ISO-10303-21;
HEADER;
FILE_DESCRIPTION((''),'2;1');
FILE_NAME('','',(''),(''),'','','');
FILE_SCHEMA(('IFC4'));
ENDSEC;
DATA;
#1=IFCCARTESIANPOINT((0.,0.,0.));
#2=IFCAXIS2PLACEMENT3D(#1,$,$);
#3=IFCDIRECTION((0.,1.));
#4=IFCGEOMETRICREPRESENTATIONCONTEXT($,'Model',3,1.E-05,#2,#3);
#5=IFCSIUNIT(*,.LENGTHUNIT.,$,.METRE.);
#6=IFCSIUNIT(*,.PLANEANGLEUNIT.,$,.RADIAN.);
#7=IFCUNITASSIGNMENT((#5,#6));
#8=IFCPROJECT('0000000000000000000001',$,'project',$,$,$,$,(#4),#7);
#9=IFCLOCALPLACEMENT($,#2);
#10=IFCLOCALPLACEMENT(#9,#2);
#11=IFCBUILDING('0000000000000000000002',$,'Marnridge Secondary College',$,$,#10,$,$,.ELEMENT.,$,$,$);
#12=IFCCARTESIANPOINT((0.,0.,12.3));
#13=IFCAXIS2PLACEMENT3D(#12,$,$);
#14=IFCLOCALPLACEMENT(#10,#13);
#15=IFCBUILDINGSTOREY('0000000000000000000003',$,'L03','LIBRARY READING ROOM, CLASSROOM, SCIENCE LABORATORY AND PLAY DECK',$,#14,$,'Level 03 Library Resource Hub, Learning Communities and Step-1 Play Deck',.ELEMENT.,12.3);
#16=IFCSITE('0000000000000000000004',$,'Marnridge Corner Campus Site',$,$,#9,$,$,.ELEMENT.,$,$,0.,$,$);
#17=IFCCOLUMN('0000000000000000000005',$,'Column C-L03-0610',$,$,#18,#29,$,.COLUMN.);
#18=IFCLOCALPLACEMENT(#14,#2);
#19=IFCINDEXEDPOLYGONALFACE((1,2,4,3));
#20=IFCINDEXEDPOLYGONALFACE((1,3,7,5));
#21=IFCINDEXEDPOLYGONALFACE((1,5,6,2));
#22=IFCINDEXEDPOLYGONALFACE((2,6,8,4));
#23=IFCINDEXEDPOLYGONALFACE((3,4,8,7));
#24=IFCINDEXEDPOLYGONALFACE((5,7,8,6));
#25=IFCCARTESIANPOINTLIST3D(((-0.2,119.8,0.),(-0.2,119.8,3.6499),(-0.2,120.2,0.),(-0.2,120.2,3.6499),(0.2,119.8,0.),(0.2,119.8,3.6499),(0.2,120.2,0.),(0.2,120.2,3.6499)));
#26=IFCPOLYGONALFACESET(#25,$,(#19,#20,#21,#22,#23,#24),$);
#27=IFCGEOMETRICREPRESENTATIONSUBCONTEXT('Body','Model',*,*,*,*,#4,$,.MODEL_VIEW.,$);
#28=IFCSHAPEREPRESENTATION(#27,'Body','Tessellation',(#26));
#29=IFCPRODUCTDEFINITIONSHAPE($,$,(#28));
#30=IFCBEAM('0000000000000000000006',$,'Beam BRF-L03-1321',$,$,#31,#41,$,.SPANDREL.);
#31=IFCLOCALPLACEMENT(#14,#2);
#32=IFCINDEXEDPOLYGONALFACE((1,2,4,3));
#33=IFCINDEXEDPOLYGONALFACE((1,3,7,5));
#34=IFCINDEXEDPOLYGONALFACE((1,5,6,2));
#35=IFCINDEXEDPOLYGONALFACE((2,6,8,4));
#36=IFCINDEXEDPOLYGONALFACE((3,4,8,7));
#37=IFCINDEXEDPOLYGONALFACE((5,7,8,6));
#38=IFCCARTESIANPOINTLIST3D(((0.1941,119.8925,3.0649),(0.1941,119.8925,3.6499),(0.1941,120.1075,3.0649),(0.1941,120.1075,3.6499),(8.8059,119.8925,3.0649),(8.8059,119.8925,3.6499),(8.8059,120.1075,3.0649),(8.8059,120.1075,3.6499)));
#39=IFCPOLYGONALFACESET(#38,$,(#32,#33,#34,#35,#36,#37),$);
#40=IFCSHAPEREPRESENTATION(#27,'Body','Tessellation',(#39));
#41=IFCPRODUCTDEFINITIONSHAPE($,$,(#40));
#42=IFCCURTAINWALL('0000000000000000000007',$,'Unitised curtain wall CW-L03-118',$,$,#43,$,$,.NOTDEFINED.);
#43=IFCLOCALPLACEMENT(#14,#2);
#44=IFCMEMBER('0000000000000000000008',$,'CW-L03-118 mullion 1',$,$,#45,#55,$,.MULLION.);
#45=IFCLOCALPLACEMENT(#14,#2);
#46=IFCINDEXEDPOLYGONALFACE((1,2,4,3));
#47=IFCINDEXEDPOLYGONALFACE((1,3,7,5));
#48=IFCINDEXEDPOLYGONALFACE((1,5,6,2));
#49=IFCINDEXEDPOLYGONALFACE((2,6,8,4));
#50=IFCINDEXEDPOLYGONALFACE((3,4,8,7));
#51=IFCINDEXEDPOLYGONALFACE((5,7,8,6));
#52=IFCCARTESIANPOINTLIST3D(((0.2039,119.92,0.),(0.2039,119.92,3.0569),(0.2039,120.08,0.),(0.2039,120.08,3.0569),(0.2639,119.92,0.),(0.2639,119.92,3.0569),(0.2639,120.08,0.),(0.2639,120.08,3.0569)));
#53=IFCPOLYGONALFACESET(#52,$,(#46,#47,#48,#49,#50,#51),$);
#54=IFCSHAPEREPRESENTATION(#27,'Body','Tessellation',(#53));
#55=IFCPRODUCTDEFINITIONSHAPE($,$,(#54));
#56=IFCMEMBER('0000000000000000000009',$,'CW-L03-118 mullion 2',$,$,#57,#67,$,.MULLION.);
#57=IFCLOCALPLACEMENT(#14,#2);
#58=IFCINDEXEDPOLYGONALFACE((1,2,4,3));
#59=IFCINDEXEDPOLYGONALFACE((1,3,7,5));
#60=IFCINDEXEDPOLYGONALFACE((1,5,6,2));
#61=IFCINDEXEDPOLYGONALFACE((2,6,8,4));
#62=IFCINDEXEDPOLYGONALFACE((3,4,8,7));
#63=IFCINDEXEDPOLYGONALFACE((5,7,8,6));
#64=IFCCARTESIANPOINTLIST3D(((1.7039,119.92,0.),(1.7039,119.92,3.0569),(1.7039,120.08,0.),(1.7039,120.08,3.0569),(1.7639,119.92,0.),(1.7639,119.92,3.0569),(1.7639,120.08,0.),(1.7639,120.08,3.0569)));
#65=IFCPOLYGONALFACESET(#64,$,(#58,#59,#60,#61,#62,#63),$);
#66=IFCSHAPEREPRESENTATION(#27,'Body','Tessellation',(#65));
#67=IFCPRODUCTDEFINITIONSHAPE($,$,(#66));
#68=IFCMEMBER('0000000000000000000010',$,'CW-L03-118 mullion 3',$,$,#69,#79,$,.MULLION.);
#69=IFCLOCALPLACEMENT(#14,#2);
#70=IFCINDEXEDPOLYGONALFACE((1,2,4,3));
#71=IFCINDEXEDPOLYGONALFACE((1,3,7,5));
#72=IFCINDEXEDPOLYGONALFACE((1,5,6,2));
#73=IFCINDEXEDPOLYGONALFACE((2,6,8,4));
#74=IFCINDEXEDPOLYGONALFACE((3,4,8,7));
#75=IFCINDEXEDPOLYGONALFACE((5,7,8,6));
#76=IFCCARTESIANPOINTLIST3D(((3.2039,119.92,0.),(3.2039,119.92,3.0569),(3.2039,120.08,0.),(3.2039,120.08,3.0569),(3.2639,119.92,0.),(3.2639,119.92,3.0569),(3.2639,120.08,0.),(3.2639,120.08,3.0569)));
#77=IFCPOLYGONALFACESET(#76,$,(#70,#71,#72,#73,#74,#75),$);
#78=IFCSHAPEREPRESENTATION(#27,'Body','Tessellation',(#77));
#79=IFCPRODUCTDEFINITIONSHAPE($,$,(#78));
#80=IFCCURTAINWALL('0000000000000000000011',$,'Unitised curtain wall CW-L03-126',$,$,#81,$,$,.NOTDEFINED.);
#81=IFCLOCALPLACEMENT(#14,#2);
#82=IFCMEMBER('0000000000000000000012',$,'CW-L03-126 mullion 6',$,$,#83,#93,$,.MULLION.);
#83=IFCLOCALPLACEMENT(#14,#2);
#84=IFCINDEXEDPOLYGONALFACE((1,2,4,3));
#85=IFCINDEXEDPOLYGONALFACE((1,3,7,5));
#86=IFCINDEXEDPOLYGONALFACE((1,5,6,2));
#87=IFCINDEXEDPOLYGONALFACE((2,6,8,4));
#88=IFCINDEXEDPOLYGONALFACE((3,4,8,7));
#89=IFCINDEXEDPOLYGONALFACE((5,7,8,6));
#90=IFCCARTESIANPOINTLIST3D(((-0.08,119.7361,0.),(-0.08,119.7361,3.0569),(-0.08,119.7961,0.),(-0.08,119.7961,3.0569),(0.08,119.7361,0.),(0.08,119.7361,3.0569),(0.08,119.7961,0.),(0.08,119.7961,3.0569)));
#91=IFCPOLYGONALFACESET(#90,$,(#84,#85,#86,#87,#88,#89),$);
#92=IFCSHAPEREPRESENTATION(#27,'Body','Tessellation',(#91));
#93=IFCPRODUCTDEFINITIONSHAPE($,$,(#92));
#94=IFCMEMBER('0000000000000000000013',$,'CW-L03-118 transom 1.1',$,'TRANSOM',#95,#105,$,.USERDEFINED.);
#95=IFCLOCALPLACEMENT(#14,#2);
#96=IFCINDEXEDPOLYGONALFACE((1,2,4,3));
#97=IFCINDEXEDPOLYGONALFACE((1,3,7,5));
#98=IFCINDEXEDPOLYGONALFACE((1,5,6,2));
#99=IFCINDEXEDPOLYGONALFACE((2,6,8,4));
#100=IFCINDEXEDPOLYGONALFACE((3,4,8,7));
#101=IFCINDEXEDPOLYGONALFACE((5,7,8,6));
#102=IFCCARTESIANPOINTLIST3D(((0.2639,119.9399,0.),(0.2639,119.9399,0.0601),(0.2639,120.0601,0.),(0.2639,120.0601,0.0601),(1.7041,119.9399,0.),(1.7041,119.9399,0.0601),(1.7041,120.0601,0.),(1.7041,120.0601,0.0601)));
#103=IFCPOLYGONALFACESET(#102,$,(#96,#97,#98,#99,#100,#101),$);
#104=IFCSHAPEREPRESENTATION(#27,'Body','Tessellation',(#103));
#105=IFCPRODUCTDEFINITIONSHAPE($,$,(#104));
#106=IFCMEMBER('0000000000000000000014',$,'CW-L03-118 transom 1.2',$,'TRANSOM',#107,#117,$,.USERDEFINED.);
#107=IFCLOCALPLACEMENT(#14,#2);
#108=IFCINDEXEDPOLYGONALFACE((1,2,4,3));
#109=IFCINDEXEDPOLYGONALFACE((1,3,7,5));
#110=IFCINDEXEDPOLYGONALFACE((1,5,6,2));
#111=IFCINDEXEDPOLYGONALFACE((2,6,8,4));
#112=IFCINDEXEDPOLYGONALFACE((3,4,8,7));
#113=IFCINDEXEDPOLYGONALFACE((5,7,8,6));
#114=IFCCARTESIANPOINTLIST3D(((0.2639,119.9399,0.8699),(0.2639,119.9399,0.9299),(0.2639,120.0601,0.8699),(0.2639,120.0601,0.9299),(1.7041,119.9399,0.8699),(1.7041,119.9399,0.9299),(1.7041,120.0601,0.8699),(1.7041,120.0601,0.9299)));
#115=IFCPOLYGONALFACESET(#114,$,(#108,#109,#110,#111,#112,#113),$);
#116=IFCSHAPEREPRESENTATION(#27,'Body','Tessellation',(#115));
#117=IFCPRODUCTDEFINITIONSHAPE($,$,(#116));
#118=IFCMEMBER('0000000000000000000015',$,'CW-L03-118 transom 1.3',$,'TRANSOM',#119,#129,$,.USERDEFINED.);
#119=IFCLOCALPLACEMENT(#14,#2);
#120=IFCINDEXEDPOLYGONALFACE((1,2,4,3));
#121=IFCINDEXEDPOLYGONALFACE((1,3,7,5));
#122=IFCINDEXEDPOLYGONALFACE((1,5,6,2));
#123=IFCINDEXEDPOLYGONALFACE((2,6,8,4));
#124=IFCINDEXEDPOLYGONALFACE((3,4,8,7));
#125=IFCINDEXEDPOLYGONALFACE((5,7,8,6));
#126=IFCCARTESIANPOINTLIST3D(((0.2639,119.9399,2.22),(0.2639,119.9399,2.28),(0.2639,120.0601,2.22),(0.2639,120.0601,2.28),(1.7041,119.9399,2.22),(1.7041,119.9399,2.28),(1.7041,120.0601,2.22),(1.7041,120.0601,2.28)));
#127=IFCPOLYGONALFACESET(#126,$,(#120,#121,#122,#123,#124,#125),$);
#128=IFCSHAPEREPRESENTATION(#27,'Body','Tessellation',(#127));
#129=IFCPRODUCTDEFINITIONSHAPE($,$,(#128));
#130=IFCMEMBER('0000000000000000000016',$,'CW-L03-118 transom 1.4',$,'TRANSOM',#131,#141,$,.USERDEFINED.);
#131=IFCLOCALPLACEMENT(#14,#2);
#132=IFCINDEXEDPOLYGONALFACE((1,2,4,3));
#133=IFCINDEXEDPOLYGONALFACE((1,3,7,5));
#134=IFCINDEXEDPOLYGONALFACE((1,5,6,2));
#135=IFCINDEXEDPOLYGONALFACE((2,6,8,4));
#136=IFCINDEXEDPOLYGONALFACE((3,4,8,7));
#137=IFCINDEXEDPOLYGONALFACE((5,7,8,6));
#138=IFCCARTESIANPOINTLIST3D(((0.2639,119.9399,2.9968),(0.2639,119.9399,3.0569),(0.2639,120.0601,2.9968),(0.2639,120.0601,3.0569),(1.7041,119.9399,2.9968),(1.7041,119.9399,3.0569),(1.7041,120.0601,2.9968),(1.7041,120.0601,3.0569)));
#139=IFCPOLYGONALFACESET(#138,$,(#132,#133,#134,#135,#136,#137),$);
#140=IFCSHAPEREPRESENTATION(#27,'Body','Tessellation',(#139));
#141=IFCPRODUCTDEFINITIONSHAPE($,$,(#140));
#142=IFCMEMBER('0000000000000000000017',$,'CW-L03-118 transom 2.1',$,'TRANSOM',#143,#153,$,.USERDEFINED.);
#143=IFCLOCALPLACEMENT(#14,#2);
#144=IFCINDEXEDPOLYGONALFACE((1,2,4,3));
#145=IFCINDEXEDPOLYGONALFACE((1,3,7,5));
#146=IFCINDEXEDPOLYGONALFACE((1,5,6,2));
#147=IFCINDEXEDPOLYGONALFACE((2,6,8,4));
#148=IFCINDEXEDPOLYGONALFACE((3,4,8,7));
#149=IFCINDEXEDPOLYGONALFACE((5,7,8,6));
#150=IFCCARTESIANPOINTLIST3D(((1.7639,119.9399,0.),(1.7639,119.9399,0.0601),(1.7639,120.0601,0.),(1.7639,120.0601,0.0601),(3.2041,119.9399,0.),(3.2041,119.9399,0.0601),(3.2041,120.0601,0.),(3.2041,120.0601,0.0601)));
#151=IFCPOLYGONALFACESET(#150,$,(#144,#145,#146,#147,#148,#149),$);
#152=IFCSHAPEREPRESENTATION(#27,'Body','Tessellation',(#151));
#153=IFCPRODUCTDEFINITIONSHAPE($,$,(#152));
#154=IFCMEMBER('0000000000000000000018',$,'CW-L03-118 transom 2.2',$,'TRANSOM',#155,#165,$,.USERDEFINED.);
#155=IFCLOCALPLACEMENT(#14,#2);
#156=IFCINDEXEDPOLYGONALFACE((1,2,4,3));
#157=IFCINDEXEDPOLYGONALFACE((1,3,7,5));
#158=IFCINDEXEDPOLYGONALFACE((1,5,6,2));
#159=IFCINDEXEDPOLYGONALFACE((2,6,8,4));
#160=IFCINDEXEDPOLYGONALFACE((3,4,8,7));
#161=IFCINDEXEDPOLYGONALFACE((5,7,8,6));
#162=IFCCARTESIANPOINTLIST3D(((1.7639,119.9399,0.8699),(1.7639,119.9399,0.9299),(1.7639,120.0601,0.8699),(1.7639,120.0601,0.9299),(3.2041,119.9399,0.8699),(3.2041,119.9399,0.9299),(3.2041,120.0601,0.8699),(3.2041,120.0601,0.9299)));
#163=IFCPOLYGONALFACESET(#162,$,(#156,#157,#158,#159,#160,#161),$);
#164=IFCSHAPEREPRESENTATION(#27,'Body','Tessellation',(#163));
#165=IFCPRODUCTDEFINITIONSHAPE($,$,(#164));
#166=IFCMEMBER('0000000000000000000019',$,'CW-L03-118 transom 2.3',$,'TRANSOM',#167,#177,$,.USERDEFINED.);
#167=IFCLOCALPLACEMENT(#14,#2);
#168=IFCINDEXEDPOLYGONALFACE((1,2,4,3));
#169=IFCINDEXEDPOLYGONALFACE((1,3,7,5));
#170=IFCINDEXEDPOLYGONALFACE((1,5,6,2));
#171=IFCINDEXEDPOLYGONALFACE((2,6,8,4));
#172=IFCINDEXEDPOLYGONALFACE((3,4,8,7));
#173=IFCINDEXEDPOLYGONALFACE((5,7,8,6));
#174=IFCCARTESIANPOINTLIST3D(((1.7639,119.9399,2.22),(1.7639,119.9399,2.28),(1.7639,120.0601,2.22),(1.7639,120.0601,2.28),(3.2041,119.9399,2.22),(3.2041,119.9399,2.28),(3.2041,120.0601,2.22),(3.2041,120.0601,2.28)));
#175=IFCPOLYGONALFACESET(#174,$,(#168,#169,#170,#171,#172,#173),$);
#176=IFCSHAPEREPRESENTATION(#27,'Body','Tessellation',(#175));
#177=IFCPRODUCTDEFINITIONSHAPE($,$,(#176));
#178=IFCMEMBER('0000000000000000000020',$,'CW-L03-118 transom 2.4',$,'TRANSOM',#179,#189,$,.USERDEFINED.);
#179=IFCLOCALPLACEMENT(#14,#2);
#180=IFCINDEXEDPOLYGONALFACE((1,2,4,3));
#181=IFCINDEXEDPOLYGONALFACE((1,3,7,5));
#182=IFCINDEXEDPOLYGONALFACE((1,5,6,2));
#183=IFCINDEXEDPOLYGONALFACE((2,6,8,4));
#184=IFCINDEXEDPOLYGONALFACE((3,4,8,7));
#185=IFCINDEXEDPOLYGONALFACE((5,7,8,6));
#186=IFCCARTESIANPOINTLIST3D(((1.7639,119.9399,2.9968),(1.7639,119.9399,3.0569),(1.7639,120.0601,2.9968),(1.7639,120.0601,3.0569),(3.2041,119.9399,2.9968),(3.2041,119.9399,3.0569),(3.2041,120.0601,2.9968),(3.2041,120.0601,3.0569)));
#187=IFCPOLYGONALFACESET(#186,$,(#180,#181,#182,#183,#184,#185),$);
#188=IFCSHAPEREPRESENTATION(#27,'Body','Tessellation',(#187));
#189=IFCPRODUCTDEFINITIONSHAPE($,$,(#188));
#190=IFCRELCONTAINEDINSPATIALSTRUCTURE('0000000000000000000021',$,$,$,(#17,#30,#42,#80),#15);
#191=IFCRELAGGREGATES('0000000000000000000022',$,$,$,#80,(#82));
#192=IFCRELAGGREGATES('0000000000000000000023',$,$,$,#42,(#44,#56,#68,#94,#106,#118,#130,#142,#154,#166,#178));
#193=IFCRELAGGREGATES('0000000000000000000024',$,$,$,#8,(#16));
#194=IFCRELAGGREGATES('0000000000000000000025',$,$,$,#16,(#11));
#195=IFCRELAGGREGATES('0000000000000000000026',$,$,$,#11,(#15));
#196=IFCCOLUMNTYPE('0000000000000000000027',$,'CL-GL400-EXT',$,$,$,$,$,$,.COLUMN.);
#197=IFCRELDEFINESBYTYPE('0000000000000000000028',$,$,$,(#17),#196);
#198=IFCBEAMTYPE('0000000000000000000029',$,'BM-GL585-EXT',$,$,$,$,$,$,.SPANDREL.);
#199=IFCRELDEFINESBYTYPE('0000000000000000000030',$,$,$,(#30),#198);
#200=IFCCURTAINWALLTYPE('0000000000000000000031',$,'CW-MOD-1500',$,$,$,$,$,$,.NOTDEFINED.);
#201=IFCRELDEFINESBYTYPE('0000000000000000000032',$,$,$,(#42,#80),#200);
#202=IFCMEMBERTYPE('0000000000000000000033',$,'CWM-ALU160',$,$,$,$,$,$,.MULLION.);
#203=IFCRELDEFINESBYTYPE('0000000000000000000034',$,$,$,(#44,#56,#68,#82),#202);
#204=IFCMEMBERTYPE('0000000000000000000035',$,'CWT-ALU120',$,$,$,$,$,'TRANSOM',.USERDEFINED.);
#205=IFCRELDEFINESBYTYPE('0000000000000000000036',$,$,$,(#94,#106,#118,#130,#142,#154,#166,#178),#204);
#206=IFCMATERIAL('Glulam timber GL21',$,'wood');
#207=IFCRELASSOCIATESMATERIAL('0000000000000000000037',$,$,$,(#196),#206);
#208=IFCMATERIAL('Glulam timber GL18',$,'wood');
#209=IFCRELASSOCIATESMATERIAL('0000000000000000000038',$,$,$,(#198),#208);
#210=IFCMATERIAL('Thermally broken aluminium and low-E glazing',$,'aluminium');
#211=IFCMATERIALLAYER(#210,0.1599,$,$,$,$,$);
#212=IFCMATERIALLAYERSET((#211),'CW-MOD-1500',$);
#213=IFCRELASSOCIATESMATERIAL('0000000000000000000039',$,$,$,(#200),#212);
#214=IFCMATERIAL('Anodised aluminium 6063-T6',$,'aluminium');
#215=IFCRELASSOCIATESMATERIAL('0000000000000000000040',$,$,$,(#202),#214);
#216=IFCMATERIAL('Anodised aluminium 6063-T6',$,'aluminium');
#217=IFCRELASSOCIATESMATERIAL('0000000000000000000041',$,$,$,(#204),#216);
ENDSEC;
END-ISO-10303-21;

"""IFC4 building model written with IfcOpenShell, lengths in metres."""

from ifc_helpers import new_model, si_unit, direction, frame, origin, origin_2d, place, context, subcontext, project, spatial, rectangle, extrude, material, layer, layer_set, material_profile, profile_set, type_object, element, aggregate, save


model = new_model("IFC4")

# Units and contexts
model_context = context("Model", 3, precision=1e-05, world=origin(), true_north=direction((0.0, 1.0)))
body_context = subcontext(model_context, "Body", "Model", "MODEL_VIEW")
ifc_project = project(units=[si_unit("LENGTHUNIT", "METRE"), si_unit("PLANEANGLEUNIT", "RADIAN")], contexts=[model_context])

# Site, building, storey
site_placement = place(None, origin())
site = spatial("IfcSite", under=ifc_project, at=site_placement, Name="Marnridge Corner Campus Site", CompositionType="ELEMENT", RefElevation=0.0)
building_placement = place(site_placement, origin())
building = spatial("IfcBuilding", under=site, at=building_placement, Name="Marnridge Secondary College", CompositionType="ELEMENT")
storey_placement = place(building_placement, frame((0.0, 0.0, 12.3)))
storey = spatial("IfcBuildingStorey", under=building, at=storey_placement, Name="L03", Description="LIBRARY READING ROOM, CLASSROOM, SCIENCE LABORATORY AND PLAY DECK", LongName="Level 03 Library Resource Hub, Learning Communities and Step-1 Play Deck", CompositionType="ELEMENT", Elevation=12.3)

# Column
ifc_material_1 = material(Name="Glulam timber GL21", Category="wood")
ifc_material_profile_1 = material_profile(ifc_material_1, rectangle(XDim=0.3999, YDim=0.3999, at=origin_2d()), Name="GL21 400x400")
ifc_profile_set_1 = profile_set([ifc_material_profile_1], Name="Glulam timber GL21")
column_type = type_object("IfcColumnType", Name="CL-GL400-EXT", PredefinedType="COLUMN", material=ifc_profile_set_1)
column_placement = place(storey_placement, frame((0.0, 120.0, 0.0), z_axis=(0.0, 0.0, 1.0), x_axis=(1.0, 0.0, 0.0)))
element("IfcColumn", 1, at=column_placement, inside=storey, type_object=column_type, Name="Column C-L03-0610", PredefinedType="COLUMN", context=body_context, shape_type="SweptSolid", body=[
    extrude(rectangle(XDim=0.3999, YDim=0.3999, at=origin_2d()), origin(), (0.0, 0.0, 1.0), 3.6499),
])

# Beam
ifc_material_2 = material(Name="Glulam timber GL18", Category="wood")
ifc_material_profile_2 = material_profile(ifc_material_2, rectangle(XDim=0.2151, YDim=0.585, at=origin_2d()), Name="GL18 215x585")
ifc_profile_set_2 = profile_set([ifc_material_profile_2], Name="Glulam timber GL18")
beam_type = type_object("IfcBeamType", Name="BM-GL585-EXT", PredefinedType="SPANDREL", material=ifc_profile_set_2)
beam_placement = place(storey_placement, frame((0.1941, 120.0, 3.3574), z_axis=(1.0, 0.0, 0.0), x_axis=(0.0, 1.0, 0.0)))
element("IfcBeam", 2, at=beam_placement, inside=storey, type_object=beam_type, Name="Beam BRF-L03-1321", PredefinedType="SPANDREL", context=body_context, shape_type="SweptSolid", body=[
    extrude(rectangle(XDim=0.2151, YDim=0.585, at=origin_2d()), origin(), (0.0, 0.0, 1.0), 8.6118),
])

# Curtain wall, members
ifc_material_3 = material(Name="Thermally broken aluminium and low-E glazing", Category="aluminium")
ifc_layer_1 = layer(ifc_material_3, 0.1599)
ifc_layer_set_1 = layer_set([ifc_layer_1], Name="CW-MOD-1500")
curtain_wall_type = type_object("IfcCurtainWallType", Name="CW-MOD-1500", PredefinedType="NOTDEFINED", material=ifc_layer_set_1)
curtain_wall_1_placement = place(storey_placement, origin())
curtain_wall_1 = element("IfcCurtainWall", 3, at=curtain_wall_1_placement, inside=storey, type_object=curtain_wall_type, Name="Unitised curtain wall CW-L03-118", PredefinedType="NOTDEFINED")
ifc_material_4 = material(Name="Anodised aluminium 6063-T6", Category="aluminium")
ifc_material_profile_3 = material_profile(ifc_material_4, rectangle(XDim=0.0601, YDim=0.1599, at=origin_2d()), Name="ALU 60x160")
ifc_profile_set_3 = profile_set([ifc_material_profile_3], Name="Anodised aluminium 6063-T6")
member_type_1 = type_object("IfcMemberType", Name="CWM-ALU160", PredefinedType="MULLION", material=ifc_profile_set_3)
member_1_placement = place(storey_placement, frame((0.2339, 120.0, 0.0), z_axis=(0.0, 0.0, 1.0), x_axis=(1.0, 0.0, 0.0)))
member_1 = element("IfcMember", 4, at=member_1_placement, type_object=member_type_1, Name="CW-L03-118 mullion 1", PredefinedType="MULLION", context=body_context, shape_type="SweptSolid", body=[
    extrude(rectangle(XDim=0.0601, YDim=0.1599, at=origin_2d()), origin(), (0.0, 0.0, 1.0), 3.0569),
])
member_2_placement = place(storey_placement, frame((1.7339, 120.0, 0.0), z_axis=(0.0, 0.0, 1.0), x_axis=(1.0, 0.0, 0.0)))
member_2 = element("IfcMember", 5, at=member_2_placement, type_object=member_type_1, Name="CW-L03-118 mullion 2", PredefinedType="MULLION", context=body_context, shape_type="SweptSolid", body=[
    extrude(rectangle(XDim=0.0601, YDim=0.1599, at=origin_2d()), origin(), (0.0, 0.0, 1.0), 3.0569),
])
member_3_placement = place(storey_placement, frame((3.2339, 120.0, 0.0), z_axis=(0.0, 0.0, 1.0), x_axis=(1.0, 0.0, 0.0)))
member_3 = element("IfcMember", 6, at=member_3_placement, type_object=member_type_1, Name="CW-L03-118 mullion 3", PredefinedType="MULLION", context=body_context, shape_type="SweptSolid", body=[
    extrude(rectangle(XDim=0.0601, YDim=0.1599, at=origin_2d()), origin(), (0.0, 0.0, 1.0), 3.0569),
])

# Curtain wall, member
curtain_wall_2_placement = place(storey_placement, origin())
curtain_wall_2 = element("IfcCurtainWall", 7, at=curtain_wall_2_placement, inside=storey, type_object=curtain_wall_type, Name="Unitised curtain wall CW-L03-126", PredefinedType="NOTDEFINED")
member_4_placement = place(storey_placement, frame((0.0, 119.7661, 0.0), z_axis=(0.0, 0.0, 1.0), x_axis=(0.0, 1.0, 0.0)))
member_4 = element("IfcMember", 8, at=member_4_placement, type_object=member_type_1, Name="CW-L03-126 mullion 6", PredefinedType="MULLION", context=body_context, shape_type="SweptSolid", body=[
    extrude(rectangle(XDim=0.0601, YDim=0.1599, at=origin_2d()), origin(), (0.0, 0.0, 1.0), 3.0569),
])
aggregate(curtain_wall_2, [member_4])

# Members
ifc_material_5 = material(Name="Anodised aluminium 6063-T6", Category="aluminium")
ifc_material_profile_4 = material_profile(ifc_material_5, rectangle(XDim=0.0601, YDim=0.1201, at=origin_2d()), Name="ALU 60x120")
ifc_profile_set_4 = profile_set([ifc_material_profile_4], Name="Anodised aluminium 6063-T6")
member_type_2 = type_object("IfcMemberType", Name="CWT-ALU120", ElementType="TRANSOM", PredefinedType="USERDEFINED", material=ifc_profile_set_4)
member_5_placement = place(storey_placement, frame((0.2639, 120.0, 0.03), z_axis=(1.0, 0.0, 0.0), x_axis=(0.0, 0.0, 1.0)))
member_5 = element("IfcMember", 9, at=member_5_placement, type_object=member_type_2, Name="CW-L03-118 transom 1.1", ObjectType="TRANSOM", PredefinedType="USERDEFINED", context=body_context, shape_type="SweptSolid", body=[
    extrude(rectangle(XDim=0.0601, YDim=0.1201, at=origin_2d()), origin(), (0.0, 0.0, 1.0), 1.4402),
])
member_6_placement = place(storey_placement, frame((0.2639, 120.0, 0.8999), z_axis=(1.0, 0.0, 0.0), x_axis=(0.0, 0.0, 1.0)))
member_6 = element("IfcMember", 10, at=member_6_placement, type_object=member_type_2, Name="CW-L03-118 transom 1.2", ObjectType="TRANSOM", PredefinedType="USERDEFINED", context=body_context, shape_type="SweptSolid", body=[
    extrude(rectangle(XDim=0.0601, YDim=0.1201, at=origin_2d()), origin(), (0.0, 0.0, 1.0), 1.4402),
])
member_7_placement = place(storey_placement, frame((0.2639, 120.0, 2.25), z_axis=(1.0, 0.0, 0.0), x_axis=(0.0, 0.0, 1.0)))
member_7 = element("IfcMember", 11, at=member_7_placement, type_object=member_type_2, Name="CW-L03-118 transom 1.3", ObjectType="TRANSOM", PredefinedType="USERDEFINED", context=body_context, shape_type="SweptSolid", body=[
    extrude(rectangle(XDim=0.0601, YDim=0.1201, at=origin_2d()), origin(), (0.0, 0.0, 1.0), 1.4402),
])
member_8_placement = place(storey_placement, frame((0.2639, 120.0, 3.0269), z_axis=(1.0, 0.0, 0.0), x_axis=(0.0, 0.0, 1.0)))
member_8 = element("IfcMember", 12, at=member_8_placement, type_object=member_type_2, Name="CW-L03-118 transom 1.4", ObjectType="TRANSOM", PredefinedType="USERDEFINED", context=body_context, shape_type="SweptSolid", body=[
    extrude(rectangle(XDim=0.0601, YDim=0.1201, at=origin_2d()), origin(), (0.0, 0.0, 1.0), 1.4402),
])
member_9_placement = place(storey_placement, frame((1.7639, 120.0, 0.03), z_axis=(1.0, 0.0, 0.0), x_axis=(0.0, 0.0, 1.0)))
member_9 = element("IfcMember", 13, at=member_9_placement, type_object=member_type_2, Name="CW-L03-118 transom 2.1", ObjectType="TRANSOM", PredefinedType="USERDEFINED", context=body_context, shape_type="SweptSolid", body=[
    extrude(rectangle(XDim=0.0601, YDim=0.1201, at=origin_2d()), origin(), (0.0, 0.0, 1.0), 1.4402),
])
member_10_placement = place(storey_placement, frame((1.7639, 120.0, 0.8999), z_axis=(1.0, 0.0, 0.0), x_axis=(0.0, 0.0, 1.0)))
member_10 = element("IfcMember", 14, at=member_10_placement, type_object=member_type_2, Name="CW-L03-118 transom 2.2", ObjectType="TRANSOM", PredefinedType="USERDEFINED", context=body_context, shape_type="SweptSolid", body=[
    extrude(rectangle(XDim=0.0601, YDim=0.1201, at=origin_2d()), origin(), (0.0, 0.0, 1.0), 1.4402),
])
member_11_placement = place(storey_placement, frame((1.7639, 120.0, 2.25), z_axis=(1.0, 0.0, 0.0), x_axis=(0.0, 0.0, 1.0)))
member_11 = element("IfcMember", 15, at=member_11_placement, type_object=member_type_2, Name="CW-L03-118 transom 2.3", ObjectType="TRANSOM", PredefinedType="USERDEFINED", context=body_context, shape_type="SweptSolid", body=[
    extrude(rectangle(XDim=0.0601, YDim=0.1201, at=origin_2d()), origin(), (0.0, 0.0, 1.0), 1.4402),
])
member_12_placement = place(storey_placement, frame((1.7639, 120.0, 3.0269), z_axis=(1.0, 0.0, 0.0), x_axis=(0.0, 0.0, 1.0)))
member_12 = element("IfcMember", 16, at=member_12_placement, type_object=member_type_2, Name="CW-L03-118 transom 2.4", ObjectType="TRANSOM", PredefinedType="USERDEFINED", context=body_context, shape_type="SweptSolid", body=[
    extrude(rectangle(XDim=0.0601, YDim=0.1201, at=origin_2d()), origin(), (0.0, 0.0, 1.0), 1.4402),
])

aggregate(curtain_wall_1, [member_1, member_2, member_3, member_5, member_6, member_7, member_8, member_9, member_10, member_11, member_12])

save(model, "model.ifc")
